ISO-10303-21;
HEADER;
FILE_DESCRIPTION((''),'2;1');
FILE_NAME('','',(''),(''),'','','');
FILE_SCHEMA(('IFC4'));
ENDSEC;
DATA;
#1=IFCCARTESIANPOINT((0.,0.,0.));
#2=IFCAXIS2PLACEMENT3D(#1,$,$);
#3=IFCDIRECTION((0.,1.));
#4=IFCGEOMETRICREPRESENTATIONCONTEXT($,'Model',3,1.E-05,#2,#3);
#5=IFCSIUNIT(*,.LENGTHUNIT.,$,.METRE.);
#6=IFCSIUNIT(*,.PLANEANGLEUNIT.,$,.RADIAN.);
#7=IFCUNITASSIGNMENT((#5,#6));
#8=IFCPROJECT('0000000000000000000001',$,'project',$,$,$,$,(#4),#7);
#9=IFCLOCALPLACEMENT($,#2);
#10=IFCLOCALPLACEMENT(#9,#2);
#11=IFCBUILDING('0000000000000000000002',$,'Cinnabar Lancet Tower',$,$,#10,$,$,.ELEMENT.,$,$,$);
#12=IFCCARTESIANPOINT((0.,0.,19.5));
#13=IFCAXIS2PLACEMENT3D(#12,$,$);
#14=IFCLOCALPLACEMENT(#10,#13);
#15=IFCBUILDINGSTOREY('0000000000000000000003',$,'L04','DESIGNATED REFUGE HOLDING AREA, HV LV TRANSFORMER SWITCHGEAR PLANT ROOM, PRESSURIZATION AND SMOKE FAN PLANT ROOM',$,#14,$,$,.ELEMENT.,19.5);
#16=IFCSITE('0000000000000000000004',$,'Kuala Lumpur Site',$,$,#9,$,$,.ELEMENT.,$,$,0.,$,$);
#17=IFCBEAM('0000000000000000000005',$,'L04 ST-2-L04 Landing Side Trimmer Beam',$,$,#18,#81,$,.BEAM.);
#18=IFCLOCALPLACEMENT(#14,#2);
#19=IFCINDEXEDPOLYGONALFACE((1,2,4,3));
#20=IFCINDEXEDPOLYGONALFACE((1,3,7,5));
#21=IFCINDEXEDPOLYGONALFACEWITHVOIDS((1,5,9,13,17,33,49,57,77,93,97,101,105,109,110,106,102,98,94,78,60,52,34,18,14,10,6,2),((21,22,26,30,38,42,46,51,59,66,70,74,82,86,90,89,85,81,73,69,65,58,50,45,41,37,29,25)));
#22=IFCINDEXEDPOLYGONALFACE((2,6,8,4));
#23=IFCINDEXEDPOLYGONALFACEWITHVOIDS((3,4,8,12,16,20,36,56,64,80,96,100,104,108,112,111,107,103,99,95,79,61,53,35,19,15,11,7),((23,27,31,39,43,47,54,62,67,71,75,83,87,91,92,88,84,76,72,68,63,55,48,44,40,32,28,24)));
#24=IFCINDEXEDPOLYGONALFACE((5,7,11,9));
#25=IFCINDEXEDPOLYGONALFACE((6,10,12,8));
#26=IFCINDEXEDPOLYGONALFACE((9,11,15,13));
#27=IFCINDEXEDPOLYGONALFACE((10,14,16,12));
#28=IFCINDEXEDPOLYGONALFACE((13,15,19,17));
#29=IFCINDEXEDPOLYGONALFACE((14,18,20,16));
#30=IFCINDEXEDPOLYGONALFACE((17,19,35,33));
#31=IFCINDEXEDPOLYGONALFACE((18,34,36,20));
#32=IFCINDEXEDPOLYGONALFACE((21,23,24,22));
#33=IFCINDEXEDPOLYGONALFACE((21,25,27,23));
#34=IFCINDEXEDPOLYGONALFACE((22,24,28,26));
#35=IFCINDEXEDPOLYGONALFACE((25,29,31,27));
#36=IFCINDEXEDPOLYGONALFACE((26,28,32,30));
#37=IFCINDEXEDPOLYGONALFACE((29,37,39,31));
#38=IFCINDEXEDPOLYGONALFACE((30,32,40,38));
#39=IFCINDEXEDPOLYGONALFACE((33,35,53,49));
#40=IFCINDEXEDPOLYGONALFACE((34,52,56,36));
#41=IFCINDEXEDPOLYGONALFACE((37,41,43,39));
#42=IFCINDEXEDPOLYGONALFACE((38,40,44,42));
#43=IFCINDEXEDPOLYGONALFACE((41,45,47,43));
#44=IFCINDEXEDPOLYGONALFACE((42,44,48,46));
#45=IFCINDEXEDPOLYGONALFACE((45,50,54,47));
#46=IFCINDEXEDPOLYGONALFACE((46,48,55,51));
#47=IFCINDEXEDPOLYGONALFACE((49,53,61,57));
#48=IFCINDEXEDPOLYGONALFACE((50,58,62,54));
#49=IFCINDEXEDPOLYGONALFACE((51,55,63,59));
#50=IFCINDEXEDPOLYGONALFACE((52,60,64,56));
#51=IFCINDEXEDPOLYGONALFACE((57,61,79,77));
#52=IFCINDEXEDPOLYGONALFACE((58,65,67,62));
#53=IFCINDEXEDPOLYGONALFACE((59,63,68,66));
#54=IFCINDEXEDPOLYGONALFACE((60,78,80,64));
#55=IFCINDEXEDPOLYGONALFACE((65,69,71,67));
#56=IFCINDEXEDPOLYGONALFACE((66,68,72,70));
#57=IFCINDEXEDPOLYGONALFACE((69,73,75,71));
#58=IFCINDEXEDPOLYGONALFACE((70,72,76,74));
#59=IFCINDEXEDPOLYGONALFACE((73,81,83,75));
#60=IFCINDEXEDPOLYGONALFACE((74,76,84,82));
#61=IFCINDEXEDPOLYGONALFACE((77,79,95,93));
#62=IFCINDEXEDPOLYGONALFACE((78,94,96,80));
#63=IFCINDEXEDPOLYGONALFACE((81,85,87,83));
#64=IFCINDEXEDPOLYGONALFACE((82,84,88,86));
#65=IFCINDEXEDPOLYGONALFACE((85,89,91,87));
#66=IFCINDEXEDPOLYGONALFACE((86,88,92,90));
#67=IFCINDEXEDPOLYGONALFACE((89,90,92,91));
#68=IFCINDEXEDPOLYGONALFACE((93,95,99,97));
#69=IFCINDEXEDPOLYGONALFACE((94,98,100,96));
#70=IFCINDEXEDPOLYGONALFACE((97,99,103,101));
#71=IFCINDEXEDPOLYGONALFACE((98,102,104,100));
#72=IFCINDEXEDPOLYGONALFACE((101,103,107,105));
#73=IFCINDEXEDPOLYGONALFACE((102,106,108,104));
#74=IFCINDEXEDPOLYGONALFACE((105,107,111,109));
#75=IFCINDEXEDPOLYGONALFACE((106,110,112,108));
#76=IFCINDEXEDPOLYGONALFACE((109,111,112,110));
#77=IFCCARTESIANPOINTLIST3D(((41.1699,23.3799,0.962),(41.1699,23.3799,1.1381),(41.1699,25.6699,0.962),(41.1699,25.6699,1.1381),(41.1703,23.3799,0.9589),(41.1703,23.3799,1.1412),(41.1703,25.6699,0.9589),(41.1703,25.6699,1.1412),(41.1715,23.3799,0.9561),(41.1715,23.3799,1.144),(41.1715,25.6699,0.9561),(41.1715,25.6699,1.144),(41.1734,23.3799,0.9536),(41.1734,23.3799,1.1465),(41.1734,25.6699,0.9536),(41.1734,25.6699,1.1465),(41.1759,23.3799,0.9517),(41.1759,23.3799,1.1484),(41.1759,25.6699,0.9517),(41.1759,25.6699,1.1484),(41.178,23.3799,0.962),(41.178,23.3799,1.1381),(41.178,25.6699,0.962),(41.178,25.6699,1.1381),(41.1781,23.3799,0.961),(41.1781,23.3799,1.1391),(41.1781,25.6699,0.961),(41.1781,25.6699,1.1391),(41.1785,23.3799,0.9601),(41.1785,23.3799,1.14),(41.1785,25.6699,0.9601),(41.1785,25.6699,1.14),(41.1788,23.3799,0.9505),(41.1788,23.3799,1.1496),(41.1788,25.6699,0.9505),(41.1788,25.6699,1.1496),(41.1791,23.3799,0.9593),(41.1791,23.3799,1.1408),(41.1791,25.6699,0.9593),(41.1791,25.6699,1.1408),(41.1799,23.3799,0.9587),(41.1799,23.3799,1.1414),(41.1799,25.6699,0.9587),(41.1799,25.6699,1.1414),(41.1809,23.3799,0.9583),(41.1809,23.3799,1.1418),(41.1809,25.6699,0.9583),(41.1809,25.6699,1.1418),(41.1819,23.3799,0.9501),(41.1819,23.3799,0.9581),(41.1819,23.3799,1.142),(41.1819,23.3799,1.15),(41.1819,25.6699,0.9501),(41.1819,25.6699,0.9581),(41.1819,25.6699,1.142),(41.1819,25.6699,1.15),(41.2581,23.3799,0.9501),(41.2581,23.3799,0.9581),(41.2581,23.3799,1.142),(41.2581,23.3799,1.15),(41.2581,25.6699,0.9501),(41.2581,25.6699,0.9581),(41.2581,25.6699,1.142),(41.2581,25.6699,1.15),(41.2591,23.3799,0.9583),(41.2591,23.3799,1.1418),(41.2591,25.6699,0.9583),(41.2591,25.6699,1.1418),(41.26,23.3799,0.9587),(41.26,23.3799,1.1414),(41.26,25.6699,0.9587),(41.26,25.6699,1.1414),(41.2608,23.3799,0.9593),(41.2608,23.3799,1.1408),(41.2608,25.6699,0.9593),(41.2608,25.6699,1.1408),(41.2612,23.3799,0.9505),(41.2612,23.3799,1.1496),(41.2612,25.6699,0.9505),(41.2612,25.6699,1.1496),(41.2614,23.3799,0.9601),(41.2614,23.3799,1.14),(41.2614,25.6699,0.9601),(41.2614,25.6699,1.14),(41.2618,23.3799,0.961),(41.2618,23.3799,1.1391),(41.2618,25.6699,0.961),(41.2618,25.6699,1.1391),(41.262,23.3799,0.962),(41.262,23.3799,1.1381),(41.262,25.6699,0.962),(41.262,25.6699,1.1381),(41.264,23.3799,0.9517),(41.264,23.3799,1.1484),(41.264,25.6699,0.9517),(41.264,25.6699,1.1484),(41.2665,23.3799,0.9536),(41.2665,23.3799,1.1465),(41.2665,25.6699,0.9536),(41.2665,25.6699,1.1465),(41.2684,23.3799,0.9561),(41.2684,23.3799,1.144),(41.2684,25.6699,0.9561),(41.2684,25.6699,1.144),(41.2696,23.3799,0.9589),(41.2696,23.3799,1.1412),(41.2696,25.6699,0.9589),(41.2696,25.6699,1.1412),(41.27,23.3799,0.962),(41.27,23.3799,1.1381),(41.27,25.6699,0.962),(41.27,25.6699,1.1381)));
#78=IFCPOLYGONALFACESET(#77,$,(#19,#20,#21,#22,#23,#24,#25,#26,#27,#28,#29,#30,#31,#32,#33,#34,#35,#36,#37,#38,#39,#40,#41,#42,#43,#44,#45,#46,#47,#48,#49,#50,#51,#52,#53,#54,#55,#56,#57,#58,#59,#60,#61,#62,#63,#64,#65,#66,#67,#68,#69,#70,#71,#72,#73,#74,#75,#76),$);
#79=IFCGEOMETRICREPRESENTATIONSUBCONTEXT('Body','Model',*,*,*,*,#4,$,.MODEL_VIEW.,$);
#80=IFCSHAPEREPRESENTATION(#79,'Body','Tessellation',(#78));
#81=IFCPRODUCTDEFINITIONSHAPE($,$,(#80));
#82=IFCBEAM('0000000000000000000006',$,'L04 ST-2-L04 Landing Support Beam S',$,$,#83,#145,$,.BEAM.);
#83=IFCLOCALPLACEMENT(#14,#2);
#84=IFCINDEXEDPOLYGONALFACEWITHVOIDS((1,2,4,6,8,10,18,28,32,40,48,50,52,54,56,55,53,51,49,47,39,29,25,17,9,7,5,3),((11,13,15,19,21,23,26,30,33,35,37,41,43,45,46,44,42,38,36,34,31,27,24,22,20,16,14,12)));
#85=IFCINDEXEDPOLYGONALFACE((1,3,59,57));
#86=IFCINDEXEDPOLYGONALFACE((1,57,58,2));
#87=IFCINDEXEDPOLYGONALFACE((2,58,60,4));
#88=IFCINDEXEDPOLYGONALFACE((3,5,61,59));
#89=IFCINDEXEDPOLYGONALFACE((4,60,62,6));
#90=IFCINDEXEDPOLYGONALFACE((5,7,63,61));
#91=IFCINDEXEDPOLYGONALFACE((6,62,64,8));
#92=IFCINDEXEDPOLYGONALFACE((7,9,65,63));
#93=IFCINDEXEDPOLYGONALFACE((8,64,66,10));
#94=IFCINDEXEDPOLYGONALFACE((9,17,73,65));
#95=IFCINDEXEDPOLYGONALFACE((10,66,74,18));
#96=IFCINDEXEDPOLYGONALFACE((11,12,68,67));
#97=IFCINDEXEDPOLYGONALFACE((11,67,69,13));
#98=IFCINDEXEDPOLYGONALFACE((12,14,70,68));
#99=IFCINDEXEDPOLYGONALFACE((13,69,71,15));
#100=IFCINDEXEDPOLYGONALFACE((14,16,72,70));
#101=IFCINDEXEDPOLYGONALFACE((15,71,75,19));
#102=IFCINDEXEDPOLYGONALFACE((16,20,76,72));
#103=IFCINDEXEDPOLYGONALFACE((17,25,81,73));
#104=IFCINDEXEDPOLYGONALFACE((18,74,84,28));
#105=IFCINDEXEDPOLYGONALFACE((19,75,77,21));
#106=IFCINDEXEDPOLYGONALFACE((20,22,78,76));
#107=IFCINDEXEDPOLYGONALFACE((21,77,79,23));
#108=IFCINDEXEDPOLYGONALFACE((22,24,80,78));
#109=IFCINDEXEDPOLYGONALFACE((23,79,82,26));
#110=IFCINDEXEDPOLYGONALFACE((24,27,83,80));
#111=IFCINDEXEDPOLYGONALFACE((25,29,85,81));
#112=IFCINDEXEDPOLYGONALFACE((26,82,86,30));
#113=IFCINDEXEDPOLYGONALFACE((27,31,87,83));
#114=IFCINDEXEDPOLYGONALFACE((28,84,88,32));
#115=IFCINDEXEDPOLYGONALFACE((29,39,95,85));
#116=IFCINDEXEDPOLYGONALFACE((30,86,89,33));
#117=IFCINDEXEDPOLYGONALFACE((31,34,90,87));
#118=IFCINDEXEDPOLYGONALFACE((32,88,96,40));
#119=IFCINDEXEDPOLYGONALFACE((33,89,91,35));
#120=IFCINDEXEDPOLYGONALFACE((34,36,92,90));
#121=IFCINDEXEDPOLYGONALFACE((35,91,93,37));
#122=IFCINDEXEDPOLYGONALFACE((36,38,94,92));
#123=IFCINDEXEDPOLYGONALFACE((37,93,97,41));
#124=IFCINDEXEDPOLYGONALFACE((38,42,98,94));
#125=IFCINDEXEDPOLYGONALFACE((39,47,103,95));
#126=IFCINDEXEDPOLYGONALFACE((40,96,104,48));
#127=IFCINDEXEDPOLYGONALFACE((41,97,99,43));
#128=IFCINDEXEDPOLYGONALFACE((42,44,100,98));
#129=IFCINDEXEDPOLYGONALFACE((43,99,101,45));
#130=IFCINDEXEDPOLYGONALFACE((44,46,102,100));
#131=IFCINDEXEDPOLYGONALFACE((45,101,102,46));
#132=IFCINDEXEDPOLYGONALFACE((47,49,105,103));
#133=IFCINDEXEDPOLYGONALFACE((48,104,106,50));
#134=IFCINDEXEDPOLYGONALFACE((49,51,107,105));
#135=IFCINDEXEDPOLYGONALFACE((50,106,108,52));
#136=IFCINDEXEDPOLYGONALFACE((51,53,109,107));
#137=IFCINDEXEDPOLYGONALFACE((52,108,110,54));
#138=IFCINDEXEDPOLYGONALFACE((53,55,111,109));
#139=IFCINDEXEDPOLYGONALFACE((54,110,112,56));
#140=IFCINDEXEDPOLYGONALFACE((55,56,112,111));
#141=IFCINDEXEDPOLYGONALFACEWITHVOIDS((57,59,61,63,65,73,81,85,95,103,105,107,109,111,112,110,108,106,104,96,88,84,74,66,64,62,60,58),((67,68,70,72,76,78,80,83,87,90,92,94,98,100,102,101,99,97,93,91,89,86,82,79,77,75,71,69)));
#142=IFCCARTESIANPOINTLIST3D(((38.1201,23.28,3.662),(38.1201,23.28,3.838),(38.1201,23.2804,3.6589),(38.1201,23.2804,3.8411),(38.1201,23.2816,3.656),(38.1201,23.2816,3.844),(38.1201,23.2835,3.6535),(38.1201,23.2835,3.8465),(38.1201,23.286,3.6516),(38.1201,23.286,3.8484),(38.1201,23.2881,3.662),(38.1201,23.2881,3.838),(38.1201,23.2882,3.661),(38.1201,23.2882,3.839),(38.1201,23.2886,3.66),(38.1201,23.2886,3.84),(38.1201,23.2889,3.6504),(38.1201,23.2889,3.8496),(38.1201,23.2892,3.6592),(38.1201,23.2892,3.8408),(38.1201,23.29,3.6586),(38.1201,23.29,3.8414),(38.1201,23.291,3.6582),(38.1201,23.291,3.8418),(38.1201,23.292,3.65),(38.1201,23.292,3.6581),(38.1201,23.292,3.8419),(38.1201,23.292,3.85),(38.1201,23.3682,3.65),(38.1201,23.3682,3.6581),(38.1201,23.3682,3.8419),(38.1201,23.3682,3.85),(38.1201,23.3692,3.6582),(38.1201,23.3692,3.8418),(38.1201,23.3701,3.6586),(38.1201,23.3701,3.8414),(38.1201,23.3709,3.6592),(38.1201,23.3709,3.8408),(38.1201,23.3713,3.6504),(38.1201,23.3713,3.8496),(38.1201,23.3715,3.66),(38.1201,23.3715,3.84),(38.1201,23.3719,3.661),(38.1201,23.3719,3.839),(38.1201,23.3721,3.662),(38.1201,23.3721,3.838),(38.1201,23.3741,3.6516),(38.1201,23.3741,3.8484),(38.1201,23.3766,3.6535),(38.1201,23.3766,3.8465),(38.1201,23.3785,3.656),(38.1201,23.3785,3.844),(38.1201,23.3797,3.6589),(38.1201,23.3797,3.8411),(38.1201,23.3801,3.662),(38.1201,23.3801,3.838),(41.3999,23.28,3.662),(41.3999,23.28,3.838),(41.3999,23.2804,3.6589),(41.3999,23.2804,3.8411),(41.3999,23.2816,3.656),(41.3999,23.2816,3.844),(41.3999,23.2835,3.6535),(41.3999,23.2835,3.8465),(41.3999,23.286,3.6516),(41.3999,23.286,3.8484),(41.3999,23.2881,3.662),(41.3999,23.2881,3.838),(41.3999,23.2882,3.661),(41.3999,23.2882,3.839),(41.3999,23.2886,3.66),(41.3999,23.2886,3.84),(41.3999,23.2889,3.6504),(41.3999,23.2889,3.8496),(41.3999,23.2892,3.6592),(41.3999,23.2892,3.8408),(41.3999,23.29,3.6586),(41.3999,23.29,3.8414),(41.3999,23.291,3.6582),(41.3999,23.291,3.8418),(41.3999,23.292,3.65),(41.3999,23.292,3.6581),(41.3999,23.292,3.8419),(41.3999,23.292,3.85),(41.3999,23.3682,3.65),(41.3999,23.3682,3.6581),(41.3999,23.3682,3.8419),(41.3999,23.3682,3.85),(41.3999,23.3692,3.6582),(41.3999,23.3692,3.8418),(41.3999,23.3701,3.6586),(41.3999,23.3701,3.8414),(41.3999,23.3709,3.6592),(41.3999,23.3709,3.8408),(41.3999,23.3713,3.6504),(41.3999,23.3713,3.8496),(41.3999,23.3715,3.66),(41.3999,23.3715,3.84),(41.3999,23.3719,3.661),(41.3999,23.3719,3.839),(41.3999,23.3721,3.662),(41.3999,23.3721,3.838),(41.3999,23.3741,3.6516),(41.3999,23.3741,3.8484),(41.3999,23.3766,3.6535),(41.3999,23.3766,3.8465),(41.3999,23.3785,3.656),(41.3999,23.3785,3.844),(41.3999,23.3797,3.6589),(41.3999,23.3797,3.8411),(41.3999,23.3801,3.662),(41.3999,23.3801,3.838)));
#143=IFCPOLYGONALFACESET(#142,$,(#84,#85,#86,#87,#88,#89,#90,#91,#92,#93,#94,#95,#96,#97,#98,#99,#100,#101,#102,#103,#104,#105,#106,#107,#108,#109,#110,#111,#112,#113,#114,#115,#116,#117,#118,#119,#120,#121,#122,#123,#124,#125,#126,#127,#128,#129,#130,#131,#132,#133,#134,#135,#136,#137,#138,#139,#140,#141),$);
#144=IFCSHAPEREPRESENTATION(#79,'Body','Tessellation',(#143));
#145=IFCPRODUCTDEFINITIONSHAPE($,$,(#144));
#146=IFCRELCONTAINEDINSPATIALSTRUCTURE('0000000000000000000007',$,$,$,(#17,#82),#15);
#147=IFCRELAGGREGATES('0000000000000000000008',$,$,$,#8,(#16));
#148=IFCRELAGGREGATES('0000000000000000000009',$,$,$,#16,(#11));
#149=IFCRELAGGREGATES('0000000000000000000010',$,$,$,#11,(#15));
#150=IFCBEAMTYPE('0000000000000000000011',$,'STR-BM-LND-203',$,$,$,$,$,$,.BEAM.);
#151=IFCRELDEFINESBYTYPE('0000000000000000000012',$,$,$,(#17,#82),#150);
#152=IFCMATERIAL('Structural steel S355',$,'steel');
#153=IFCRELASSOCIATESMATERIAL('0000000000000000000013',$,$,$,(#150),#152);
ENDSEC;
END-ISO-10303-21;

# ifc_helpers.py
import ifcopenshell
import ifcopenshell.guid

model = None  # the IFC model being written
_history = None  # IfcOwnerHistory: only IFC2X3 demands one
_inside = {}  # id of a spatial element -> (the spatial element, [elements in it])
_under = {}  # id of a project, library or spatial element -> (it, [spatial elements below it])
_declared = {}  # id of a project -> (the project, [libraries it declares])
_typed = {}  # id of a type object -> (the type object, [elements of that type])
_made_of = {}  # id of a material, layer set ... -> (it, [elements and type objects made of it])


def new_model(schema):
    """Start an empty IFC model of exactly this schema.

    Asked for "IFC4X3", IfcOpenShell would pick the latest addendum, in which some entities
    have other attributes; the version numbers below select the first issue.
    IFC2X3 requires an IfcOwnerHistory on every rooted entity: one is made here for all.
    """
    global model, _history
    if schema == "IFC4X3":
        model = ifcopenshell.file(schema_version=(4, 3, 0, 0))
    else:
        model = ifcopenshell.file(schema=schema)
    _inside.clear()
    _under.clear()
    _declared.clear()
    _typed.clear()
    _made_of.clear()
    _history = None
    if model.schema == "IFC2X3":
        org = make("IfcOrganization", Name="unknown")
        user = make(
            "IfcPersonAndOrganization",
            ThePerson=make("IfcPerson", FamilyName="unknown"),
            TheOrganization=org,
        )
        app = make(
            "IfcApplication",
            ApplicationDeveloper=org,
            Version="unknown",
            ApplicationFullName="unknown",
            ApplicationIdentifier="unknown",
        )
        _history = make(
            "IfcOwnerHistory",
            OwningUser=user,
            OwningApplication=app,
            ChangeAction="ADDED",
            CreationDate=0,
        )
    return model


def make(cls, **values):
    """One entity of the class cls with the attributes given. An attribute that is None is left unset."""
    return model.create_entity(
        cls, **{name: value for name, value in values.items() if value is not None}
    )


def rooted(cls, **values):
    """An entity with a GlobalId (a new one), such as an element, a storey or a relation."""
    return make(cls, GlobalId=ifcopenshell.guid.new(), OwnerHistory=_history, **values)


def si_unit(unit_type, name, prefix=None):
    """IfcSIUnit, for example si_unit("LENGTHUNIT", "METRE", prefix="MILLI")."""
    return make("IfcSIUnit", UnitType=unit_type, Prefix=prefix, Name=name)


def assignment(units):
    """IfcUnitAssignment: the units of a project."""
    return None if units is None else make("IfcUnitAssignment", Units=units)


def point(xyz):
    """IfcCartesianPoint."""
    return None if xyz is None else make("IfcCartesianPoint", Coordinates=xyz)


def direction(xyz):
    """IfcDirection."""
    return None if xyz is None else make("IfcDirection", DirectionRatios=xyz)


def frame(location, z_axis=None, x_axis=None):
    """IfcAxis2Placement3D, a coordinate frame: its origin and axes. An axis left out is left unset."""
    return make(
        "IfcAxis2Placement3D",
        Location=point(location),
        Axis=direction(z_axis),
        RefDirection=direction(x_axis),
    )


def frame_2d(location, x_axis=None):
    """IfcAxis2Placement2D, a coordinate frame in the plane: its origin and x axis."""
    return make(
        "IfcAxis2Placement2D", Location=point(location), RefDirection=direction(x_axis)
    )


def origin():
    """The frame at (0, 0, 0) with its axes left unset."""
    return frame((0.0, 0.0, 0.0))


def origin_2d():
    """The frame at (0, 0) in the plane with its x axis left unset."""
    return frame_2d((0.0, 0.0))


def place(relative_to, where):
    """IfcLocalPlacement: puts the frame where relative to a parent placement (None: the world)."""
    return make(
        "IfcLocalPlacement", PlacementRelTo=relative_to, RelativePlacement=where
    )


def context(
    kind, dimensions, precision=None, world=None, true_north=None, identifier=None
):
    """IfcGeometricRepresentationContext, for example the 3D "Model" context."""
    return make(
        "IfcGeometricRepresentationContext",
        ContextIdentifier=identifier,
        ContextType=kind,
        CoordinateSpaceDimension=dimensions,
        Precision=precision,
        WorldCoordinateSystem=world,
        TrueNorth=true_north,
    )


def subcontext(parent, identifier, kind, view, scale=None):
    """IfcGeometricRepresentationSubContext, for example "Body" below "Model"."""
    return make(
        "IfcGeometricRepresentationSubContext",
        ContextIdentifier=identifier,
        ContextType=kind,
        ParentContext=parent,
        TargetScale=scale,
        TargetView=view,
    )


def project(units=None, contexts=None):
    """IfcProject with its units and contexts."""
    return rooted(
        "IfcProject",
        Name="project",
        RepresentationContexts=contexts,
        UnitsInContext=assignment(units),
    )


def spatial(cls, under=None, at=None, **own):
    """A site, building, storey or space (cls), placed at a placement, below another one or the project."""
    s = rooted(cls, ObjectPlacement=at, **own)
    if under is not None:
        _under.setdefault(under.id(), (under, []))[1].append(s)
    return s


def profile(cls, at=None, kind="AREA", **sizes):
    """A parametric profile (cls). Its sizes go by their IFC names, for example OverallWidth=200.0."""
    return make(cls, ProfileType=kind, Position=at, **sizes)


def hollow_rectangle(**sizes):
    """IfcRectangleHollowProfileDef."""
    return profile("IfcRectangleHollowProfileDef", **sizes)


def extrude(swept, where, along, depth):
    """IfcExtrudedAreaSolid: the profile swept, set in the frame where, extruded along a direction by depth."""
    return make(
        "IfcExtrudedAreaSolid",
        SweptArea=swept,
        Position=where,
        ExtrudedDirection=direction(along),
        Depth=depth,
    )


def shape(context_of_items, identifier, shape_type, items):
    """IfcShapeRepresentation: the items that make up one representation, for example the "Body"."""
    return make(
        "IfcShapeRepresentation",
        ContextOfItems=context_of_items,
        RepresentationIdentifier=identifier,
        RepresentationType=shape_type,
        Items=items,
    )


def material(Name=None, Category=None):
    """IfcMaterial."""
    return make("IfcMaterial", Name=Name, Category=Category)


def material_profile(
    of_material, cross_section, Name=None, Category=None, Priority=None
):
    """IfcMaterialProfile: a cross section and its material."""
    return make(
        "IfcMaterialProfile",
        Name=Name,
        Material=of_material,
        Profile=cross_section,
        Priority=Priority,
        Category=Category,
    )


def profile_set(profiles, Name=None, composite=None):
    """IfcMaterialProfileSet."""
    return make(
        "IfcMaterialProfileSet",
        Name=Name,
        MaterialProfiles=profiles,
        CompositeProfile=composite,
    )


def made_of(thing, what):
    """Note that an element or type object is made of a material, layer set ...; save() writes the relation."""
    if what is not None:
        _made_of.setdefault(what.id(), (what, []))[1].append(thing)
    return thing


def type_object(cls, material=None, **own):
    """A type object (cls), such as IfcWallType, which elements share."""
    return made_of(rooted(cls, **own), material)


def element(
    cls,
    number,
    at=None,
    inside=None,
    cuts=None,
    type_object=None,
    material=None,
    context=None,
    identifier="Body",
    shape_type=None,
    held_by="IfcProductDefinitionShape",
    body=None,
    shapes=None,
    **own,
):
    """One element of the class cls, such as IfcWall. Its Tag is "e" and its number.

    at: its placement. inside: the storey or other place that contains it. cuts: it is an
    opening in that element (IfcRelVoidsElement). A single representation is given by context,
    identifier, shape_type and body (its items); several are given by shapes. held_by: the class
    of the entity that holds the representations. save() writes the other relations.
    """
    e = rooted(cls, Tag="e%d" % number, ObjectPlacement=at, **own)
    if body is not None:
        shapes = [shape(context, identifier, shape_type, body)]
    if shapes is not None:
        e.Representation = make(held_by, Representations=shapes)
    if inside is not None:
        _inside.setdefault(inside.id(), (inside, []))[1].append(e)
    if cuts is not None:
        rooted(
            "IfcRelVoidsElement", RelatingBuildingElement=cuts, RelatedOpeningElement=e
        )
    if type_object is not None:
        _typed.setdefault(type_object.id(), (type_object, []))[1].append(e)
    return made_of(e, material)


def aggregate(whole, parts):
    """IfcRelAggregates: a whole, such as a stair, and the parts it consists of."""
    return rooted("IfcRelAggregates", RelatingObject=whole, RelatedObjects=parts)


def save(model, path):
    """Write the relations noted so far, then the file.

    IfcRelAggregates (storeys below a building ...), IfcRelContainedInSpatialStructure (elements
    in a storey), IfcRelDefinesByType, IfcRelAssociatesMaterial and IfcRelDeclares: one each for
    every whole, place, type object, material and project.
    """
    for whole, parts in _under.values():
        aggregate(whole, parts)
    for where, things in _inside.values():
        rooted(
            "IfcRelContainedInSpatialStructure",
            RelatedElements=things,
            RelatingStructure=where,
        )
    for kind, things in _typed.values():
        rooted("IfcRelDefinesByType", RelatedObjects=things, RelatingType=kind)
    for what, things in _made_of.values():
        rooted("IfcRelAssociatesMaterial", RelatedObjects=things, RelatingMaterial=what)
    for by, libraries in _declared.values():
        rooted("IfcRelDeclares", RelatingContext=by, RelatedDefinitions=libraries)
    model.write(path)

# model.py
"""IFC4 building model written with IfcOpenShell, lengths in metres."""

from ifc_helpers import new_model, si_unit, direction, frame, origin, origin_2d, place, context, subcontext, project, spatial, hollow_rectangle, extrude, material, material_profile, profile_set, type_object, element, save


model = new_model("IFC4")

# Units and contexts
model_context = context("Model", 3, precision=1e-05, world=origin(), true_north=direction((0.0, 1.0)))
body_context = subcontext(model_context, "Body", "Model", "MODEL_VIEW")
ifc_project = project(units=[si_unit("LENGTHUNIT", "METRE"), si_unit("PLANEANGLEUNIT", "RADIAN")], contexts=[model_context])

# Site, building, storey
site_placement = place(None, origin())
site = spatial("IfcSite", under=ifc_project, at=site_placement, Name="Kuala Lumpur Site", CompositionType="ELEMENT", RefElevation=0.0)
building_placement = place(site_placement, origin())
building = spatial("IfcBuilding", under=site, at=building_placement, Name="Cinnabar Lancet Tower", CompositionType="ELEMENT")
storey_placement = place(building_placement, frame((0.0, 0.0, 19.5)))
storey = spatial("IfcBuildingStorey", under=building, at=storey_placement, Name="L04", Description="DESIGNATED REFUGE HOLDING AREA, HV LV TRANSFORMER SWITCHGEAR PLANT ROOM, PRESSURIZATION AND SMOKE FAN PLANT ROOM", CompositionType="ELEMENT", Elevation=19.5)

# Beams
ifc_material_1 = material(Name="Structural steel S355", Category="steel")
ifc_material_profile_1 = material_profile(ifc_material_1, hollow_rectangle(XDim=0.1001, YDim=0.2, WallThickness=0.0081, InnerFilletRadius=0.0039, OuterFilletRadius=0.012, at=origin_2d()), Name="RHS 200x100x8")
ifc_profile_set_1 = profile_set([ifc_material_profile_1], Name="Structural steel S355")
beam_type_1 = type_object("IfcBeamType", Name="STR-BM-LND-203", PredefinedType="BEAM", material=ifc_profile_set_1)
beam_1_placement = place(storey_placement, frame((41.22, 23.3799, 1.05), z_axis=(0.0, 1.0, 0.0), x_axis=(-1.0, 0.0, 0.0)))
element("IfcBeam", 1, at=beam_1_placement, inside=storey, type_object=beam_type_1, Name="L04 ST-2-L04 Landing Side Trimmer Beam", PredefinedType="BEAM", context=body_context, shape_type="SweptSolid", body=[
    extrude(hollow_rectangle(XDim=0.1001, YDim=0.2, WallThickness=0.0081, InnerFilletRadius=0.0039, OuterFilletRadius=0.012, at=origin_2d()), origin(), (0.0, 0.0, 1.0), 2.29),
])
for number, where, z_axis, x_axis, name in (
    (2, (38.1201, 23.3301, 3.75), (1.0, 0.0, 0.0), (0.0, 1.0, 0.0), "L04 ST-2-L04 Landing Support Beam S"),
):
    element("IfcBeam", number, at=place(storey_placement, frame(where, z_axis=z_axis, x_axis=x_axis)), inside=storey, type_object=beam_type_1, Name=name, PredefinedType="BEAM", context=body_context, shape_type="SweptSolid", body=[
        extrude(hollow_rectangle(XDim=0.1001, YDim=0.2, WallThickness=0.0081, InnerFilletRadius=0.0039, OuterFilletRadius=0.012, at=origin_2d()), origin(), (0.0, 0.0, 1.0), 3.2798),
    ])

save(model, "model.ifc")
